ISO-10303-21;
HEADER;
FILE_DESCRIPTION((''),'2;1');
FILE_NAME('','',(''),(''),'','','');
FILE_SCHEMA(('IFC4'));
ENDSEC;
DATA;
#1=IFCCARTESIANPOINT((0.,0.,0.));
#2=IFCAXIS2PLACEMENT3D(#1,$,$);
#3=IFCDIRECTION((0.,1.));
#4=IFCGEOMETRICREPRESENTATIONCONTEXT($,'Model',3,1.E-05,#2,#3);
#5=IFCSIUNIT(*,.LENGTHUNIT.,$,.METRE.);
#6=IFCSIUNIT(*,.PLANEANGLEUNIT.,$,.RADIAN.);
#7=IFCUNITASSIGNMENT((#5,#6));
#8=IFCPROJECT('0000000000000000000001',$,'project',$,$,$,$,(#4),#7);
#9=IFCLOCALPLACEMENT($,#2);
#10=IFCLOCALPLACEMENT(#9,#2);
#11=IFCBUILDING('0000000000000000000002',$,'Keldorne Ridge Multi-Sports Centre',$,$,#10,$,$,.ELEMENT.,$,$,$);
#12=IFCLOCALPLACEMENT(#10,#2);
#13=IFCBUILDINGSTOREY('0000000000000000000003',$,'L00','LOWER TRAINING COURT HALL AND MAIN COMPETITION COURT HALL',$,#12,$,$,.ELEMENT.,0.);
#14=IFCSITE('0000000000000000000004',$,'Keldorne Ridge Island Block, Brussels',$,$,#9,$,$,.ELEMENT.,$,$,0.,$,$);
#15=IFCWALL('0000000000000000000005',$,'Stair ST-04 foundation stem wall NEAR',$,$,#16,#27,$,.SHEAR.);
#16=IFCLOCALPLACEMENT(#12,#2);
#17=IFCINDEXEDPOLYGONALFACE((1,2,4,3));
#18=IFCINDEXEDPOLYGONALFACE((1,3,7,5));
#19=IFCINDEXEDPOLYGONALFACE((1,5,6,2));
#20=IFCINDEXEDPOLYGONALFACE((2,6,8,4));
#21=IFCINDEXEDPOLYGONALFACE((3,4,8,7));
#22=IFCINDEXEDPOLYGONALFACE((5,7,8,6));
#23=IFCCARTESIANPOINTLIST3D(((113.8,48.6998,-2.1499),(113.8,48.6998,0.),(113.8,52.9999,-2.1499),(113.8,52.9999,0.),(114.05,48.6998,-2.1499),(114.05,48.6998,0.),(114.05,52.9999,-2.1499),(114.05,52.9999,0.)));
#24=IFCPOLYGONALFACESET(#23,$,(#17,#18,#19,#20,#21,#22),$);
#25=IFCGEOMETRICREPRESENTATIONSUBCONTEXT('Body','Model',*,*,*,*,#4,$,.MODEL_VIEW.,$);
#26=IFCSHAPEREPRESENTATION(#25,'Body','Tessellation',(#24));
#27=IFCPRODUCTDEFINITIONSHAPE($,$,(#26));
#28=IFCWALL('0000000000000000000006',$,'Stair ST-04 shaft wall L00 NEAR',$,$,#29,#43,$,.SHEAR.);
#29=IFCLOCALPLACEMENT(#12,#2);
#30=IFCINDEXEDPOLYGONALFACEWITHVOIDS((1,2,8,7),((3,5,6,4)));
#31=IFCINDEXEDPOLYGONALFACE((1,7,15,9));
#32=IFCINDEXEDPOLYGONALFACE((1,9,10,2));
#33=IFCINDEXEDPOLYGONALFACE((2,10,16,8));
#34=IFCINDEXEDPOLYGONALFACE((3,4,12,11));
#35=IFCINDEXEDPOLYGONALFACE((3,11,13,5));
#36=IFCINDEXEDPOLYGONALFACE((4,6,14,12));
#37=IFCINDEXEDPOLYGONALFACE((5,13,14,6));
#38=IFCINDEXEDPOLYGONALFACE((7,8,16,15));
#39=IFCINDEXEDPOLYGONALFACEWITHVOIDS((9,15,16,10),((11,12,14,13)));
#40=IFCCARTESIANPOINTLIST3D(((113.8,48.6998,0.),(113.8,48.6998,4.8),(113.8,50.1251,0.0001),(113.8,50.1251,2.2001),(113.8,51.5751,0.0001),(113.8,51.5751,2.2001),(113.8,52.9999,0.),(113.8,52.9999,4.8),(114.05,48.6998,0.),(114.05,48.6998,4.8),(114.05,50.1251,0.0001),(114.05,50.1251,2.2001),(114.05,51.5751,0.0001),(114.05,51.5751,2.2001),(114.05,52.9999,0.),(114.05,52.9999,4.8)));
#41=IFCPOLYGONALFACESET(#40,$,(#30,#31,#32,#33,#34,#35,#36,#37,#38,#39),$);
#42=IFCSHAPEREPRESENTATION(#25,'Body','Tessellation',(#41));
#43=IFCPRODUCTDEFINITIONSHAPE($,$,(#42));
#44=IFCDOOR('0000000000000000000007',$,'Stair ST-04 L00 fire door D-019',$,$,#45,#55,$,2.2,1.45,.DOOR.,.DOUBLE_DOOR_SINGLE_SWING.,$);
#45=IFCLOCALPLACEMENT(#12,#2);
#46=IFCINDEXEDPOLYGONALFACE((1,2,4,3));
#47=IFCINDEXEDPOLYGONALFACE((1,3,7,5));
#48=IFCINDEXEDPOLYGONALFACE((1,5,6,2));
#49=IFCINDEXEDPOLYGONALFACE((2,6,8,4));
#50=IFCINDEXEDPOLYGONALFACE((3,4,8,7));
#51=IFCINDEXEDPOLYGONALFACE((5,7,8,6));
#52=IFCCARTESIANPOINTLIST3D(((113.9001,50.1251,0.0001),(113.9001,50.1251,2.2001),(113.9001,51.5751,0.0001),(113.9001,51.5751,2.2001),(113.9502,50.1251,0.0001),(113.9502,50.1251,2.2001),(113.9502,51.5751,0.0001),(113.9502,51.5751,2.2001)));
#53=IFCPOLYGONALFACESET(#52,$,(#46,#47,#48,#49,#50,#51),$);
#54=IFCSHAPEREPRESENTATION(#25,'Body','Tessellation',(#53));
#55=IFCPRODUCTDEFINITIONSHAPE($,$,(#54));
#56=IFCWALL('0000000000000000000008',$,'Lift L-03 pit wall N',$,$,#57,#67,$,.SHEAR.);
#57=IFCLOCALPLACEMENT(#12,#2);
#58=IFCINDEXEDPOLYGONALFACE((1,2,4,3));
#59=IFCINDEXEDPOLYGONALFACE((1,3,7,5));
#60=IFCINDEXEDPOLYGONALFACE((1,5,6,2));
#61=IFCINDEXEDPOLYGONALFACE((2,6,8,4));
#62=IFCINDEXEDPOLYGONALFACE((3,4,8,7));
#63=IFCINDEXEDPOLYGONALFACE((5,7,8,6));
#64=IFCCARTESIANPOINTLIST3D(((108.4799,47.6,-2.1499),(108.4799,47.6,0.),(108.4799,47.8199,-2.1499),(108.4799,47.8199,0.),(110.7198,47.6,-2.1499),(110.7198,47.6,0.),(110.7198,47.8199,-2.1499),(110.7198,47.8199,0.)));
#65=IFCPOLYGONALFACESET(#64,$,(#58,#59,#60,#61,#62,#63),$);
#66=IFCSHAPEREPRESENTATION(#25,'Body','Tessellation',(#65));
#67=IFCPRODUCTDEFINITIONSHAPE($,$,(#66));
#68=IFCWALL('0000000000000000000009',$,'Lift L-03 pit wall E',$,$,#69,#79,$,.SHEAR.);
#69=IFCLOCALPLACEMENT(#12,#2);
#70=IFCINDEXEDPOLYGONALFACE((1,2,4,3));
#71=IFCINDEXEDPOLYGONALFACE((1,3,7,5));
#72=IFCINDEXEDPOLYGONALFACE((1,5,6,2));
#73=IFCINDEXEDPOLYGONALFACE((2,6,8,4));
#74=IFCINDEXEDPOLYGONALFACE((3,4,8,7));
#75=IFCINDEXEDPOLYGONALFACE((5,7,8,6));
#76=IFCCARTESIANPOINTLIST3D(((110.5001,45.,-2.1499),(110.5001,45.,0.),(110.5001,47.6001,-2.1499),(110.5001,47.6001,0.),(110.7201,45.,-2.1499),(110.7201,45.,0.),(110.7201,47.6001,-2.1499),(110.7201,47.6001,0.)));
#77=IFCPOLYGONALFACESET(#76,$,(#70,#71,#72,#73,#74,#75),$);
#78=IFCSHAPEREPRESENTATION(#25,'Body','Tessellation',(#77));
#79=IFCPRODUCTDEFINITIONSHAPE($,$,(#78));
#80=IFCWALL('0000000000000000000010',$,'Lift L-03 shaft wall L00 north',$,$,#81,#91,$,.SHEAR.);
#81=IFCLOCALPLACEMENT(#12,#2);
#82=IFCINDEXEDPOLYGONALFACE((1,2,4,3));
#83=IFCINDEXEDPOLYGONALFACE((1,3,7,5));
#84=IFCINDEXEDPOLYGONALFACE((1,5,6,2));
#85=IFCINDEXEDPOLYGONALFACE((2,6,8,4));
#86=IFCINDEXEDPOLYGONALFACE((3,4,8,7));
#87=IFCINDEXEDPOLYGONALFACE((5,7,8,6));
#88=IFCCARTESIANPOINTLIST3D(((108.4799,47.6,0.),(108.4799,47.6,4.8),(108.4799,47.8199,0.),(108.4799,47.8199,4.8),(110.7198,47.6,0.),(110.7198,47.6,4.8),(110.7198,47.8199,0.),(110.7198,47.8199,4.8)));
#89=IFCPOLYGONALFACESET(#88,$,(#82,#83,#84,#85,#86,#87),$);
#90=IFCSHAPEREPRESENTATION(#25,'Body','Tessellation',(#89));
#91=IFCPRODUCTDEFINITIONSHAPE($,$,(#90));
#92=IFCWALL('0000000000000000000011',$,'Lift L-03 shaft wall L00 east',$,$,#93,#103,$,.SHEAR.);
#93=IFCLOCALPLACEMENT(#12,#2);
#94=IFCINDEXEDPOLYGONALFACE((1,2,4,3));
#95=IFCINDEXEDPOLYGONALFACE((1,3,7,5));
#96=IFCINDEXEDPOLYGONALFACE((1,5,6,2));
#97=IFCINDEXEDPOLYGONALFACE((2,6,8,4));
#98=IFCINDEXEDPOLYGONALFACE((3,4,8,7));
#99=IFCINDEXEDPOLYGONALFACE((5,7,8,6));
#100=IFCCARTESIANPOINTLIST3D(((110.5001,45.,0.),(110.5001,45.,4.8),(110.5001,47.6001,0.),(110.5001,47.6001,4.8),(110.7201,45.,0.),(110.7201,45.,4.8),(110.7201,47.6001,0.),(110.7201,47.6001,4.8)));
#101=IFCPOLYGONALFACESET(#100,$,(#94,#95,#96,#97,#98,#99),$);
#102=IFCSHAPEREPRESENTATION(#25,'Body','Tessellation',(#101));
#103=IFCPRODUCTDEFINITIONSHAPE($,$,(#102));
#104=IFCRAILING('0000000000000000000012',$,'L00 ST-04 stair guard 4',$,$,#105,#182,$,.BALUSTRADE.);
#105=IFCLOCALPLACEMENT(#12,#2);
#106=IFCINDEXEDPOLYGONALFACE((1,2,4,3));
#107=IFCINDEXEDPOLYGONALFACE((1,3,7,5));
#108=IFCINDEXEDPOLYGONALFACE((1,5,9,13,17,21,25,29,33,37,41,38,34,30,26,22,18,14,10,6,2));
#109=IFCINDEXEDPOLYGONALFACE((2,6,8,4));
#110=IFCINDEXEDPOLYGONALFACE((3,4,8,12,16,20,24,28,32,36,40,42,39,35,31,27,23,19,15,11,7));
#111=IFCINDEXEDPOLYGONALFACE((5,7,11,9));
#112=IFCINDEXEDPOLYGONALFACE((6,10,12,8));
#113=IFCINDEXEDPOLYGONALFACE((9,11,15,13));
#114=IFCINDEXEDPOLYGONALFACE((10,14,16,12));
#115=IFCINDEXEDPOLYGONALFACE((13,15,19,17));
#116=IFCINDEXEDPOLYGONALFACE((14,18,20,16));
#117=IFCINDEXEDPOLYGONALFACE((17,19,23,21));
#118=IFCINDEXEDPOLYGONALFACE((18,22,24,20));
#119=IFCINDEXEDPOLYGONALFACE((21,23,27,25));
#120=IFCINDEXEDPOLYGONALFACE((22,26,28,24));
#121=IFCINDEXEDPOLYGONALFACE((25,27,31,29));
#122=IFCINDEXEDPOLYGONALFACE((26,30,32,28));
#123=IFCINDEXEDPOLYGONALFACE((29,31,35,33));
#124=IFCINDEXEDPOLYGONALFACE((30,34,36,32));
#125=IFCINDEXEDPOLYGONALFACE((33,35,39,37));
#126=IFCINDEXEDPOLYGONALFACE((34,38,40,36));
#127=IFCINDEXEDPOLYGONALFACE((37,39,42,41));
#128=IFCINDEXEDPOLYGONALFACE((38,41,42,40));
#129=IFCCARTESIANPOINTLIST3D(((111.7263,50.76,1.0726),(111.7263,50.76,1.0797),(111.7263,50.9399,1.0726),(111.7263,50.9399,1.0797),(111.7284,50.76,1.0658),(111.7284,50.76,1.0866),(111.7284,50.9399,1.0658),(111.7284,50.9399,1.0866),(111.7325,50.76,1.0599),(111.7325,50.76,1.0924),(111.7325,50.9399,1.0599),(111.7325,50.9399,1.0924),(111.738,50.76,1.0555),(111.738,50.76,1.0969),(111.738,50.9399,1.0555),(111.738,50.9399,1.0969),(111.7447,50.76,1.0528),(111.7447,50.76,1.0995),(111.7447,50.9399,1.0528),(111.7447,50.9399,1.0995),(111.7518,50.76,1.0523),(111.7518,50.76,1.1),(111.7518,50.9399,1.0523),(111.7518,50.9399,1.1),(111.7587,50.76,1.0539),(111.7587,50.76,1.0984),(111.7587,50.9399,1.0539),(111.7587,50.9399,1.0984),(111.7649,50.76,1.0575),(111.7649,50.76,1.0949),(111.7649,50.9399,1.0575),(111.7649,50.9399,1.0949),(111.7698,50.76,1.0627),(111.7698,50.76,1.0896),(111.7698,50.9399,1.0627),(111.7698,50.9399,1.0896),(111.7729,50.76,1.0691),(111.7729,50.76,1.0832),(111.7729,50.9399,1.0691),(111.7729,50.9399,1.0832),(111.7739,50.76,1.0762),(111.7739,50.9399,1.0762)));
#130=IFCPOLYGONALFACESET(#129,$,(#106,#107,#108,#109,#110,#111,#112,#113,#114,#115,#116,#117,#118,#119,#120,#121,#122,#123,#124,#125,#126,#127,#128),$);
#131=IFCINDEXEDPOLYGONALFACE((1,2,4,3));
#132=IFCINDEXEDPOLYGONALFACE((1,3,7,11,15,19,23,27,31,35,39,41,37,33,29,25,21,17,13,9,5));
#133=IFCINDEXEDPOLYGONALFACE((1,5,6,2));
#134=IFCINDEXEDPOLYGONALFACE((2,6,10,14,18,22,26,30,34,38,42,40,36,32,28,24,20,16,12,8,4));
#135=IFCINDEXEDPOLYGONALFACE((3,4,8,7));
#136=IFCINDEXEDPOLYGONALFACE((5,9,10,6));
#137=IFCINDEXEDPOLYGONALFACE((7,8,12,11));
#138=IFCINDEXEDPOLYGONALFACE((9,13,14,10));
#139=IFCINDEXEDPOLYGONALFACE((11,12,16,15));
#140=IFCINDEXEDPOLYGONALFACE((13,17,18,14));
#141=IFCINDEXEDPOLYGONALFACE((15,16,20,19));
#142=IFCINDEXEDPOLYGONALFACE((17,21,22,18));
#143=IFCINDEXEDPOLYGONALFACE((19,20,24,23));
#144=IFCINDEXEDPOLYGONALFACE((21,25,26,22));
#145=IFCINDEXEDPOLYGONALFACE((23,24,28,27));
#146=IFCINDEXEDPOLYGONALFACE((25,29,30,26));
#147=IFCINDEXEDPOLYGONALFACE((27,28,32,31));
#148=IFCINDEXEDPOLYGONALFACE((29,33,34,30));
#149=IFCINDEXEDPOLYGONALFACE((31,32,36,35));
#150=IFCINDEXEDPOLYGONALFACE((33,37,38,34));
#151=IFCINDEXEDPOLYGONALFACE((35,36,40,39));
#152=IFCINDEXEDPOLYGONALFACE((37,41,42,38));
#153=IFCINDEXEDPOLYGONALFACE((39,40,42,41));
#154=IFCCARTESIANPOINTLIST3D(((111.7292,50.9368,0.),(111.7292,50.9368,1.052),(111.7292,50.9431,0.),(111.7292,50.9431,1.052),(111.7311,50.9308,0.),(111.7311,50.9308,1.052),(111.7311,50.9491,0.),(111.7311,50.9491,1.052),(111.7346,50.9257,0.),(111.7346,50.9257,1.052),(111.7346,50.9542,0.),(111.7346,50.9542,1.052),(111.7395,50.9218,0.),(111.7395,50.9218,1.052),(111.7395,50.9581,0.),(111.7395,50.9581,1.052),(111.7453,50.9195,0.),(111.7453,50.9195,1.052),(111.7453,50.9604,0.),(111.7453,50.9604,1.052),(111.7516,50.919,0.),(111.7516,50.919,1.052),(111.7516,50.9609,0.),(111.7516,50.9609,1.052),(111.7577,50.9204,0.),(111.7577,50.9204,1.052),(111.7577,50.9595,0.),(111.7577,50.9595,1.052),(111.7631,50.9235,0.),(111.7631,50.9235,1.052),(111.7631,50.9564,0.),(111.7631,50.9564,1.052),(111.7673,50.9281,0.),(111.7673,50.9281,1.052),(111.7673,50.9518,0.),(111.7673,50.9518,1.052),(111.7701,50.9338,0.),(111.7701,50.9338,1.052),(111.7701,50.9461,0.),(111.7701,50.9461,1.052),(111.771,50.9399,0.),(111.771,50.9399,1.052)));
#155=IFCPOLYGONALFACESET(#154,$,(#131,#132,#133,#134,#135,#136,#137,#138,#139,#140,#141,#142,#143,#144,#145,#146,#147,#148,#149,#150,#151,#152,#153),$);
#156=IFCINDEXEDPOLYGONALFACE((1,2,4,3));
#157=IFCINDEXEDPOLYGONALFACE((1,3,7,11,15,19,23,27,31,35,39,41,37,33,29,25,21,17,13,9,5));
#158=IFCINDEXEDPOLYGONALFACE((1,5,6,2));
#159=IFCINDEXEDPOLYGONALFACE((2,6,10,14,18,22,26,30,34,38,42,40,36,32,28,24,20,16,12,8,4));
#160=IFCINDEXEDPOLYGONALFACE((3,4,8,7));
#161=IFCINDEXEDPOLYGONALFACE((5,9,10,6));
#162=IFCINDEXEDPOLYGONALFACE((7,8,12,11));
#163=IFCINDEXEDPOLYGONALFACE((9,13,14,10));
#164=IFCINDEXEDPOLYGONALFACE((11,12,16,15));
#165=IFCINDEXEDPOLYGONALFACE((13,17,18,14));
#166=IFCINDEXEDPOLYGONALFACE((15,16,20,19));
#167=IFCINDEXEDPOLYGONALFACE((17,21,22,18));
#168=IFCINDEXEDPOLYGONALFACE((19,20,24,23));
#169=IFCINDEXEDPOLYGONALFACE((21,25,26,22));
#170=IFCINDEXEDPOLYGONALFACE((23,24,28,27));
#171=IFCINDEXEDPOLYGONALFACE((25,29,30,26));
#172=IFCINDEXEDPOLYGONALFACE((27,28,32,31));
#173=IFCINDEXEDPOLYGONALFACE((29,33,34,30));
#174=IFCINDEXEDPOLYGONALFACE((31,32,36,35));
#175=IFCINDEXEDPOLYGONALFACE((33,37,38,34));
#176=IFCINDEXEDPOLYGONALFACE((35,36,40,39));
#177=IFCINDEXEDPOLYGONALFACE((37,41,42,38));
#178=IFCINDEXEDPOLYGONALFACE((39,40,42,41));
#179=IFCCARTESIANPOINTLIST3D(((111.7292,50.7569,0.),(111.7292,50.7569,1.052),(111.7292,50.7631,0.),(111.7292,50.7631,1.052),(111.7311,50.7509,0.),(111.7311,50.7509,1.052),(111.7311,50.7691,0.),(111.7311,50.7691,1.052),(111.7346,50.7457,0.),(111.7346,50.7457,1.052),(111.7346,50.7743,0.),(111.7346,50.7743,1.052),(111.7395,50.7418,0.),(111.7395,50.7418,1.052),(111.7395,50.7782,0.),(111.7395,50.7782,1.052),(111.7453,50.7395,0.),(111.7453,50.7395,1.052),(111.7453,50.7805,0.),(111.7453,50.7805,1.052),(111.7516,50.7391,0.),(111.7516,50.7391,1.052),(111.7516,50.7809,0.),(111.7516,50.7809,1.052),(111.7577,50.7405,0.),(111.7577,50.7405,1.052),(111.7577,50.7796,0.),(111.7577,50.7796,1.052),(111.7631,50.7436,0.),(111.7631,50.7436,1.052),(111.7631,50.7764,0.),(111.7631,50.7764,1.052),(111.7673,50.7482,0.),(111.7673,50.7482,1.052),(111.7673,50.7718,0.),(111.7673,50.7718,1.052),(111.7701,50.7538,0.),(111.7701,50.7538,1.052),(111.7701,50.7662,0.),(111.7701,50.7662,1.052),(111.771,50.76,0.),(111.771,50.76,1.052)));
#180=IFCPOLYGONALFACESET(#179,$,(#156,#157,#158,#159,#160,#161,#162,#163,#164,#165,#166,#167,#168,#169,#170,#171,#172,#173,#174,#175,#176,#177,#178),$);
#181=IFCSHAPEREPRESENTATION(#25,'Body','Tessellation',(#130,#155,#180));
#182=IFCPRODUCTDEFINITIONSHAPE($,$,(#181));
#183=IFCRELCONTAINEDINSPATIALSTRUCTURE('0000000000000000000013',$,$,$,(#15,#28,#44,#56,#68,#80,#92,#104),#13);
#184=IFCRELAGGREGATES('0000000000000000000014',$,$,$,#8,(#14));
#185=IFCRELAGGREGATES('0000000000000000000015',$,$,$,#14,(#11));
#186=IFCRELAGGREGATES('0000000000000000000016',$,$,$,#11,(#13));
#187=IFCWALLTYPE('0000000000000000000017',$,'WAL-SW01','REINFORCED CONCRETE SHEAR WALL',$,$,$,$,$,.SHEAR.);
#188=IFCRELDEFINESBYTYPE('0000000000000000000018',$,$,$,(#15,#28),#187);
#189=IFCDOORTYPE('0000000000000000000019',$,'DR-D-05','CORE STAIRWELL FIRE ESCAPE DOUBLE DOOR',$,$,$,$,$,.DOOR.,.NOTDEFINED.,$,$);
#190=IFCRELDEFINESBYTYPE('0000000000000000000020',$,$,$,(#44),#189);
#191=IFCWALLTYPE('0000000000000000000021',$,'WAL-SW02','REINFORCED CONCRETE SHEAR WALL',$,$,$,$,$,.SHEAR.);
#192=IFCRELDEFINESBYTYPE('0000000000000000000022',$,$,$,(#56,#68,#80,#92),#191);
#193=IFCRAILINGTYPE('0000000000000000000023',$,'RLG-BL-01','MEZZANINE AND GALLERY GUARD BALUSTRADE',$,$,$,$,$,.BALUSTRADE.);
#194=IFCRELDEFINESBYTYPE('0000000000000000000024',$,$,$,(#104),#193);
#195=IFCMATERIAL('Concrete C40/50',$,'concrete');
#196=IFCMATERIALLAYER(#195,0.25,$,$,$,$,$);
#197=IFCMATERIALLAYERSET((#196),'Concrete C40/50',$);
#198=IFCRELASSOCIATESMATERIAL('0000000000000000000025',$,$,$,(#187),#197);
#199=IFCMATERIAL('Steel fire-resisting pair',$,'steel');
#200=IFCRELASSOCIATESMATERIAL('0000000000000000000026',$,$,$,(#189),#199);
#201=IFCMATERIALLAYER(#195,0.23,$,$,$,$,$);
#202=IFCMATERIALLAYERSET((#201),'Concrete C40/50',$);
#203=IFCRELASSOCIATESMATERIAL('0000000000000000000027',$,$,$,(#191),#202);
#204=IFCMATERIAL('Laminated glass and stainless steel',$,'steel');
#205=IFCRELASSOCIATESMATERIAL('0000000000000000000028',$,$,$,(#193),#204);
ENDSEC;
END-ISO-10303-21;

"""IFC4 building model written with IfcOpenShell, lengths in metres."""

from ifc_helpers import new_model, si_unit, direction, frame, frame_2d, origin, origin_2d, place, context, subcontext, project, spatial, rectangle, circle, extrude, material, layer, layer_set, type_object, element, fill, save


model = new_model("IFC4")

# Units and contexts
model_context = context("Model", 3, precision=1e-05, world=origin(), true_north=direction((0.0, 1.0)))
body_context = subcontext(model_context, "Body", "Model", "MODEL_VIEW")
ifc_project = project(units=[si_unit("LENGTHUNIT", "METRE"), si_unit("PLANEANGLEUNIT", "RADIAN")], contexts=[model_context])

# Site, building, storey
site_placement = place(None, origin())
site = spatial("IfcSite", under=ifc_project, at=site_placement, Name="Keldorne Ridge Island Block, Brussels", CompositionType="ELEMENT", RefElevation=0.0)
building_placement = place(site_placement, origin())
building = spatial("IfcBuilding", under=site, at=building_placement, Name="Keldorne Ridge Multi-Sports Centre", CompositionType="ELEMENT")
storey_placement = place(building_placement, origin())
storey = spatial("IfcBuildingStorey", under=building, at=storey_placement, Name="L00", Description="LOWER TRAINING COURT HALL AND MAIN COMPETITION COURT HALL", CompositionType="ELEMENT", Elevation=0.0)

# Shared definitions
ifc_material_1 = material(Name="Concrete C40/50", Category="concrete")

# Wall
ifc_layer_1 = layer(ifc_material_1, 0.25)
ifc_layer_set_1 = layer_set([ifc_layer_1], Name="Concrete C40/50")
wall_type_1 = type_object("IfcWallType", Name="WAL-SW01", Description="REINFORCED CONCRETE SHEAR WALL", PredefinedType="SHEAR", material=ifc_layer_set_1)
wall_1_placement = place(storey_placement, frame((113.925, 48.7, -2.1499), z_axis=(0.0, 0.0, 1.0), x_axis=(0.0, 1.0, 0.0)))
element("IfcWall", 1, at=wall_1_placement, inside=storey, type_object=wall_type_1, Name="Stair ST-04 foundation stem wall NEAR", PredefinedType="SHEAR", context=body_context, shape_type="SweptSolid", body=[
    extrude(rectangle(XDim=4.3, YDim=0.25, at=frame_2d((2.1499, 0.0))), origin(), (0.0, 0.0, 1.0), 2.1499),
])

# Wall, opening, door
wall_2_placement = place(storey_placement, frame((113.925, 48.7, 0.0), z_axis=(0.0, 0.0, 1.0), x_axis=(0.0, 1.0, 0.0)))
wall_2 = element("IfcWall", 2, at=wall_2_placement, inside=storey, type_object=wall_type_1, Name="Stair ST-04 shaft wall L00 NEAR", PredefinedType="SHEAR", context=body_context, shape_type="SweptSolid", body=[
    extrude(rectangle(XDim=4.3, YDim=0.25, at=frame_2d((2.1499, 0.0))), origin(), (0.0, 0.0, 1.0), 4.8),
])
opening_1_placement = place(wall_2_placement, frame((1.425, 0.0, 0.0)))
opening_1 = element("IfcOpeningElement", 3, at=opening_1_placement, cuts=wall_2, PredefinedType="OPENING", context=body_context, shape_type="SweptSolid", body=[
    extrude(rectangle(XDim=1.45, YDim=2.2, at=frame_2d((0.7251, 1.1001))), frame((0.0, 0.135, 0.0), z_axis=(0.0, -1.0, 0.0), x_axis=(1.0, 0.0, 0.0)), (0.0, 0.0, 1.0), 0.27),
])
ifc_material_2 = material(Name="Steel fire-resisting pair", Category="steel")
door_type_1 = type_object("IfcDoorType", Name="DR-D-05", Description="CORE STAIRWELL FIRE ESCAPE DOUBLE DOOR", OperationType="NOTDEFINED", PredefinedType="DOOR", material=ifc_material_2)
door_1_placement = place(opening_1_placement, origin())
door_1 = element("IfcDoor", 4, at=door_1_placement, inside=storey, type_object=door_type_1, Name="Stair ST-04 L00 fire door D-019", OperationType="DOUBLE_DOOR_SINGLE_SWING", OverallHeight=2.2, OverallWidth=1.45, PredefinedType="DOOR", context=body_context, shape_type="SweptSolid", body=[
    extrude(rectangle(XDim=1.45, YDim=2.2, at=frame_2d((0.7251, 1.1001))), frame((0.0, 0.0249, 0.0), z_axis=(0.0, -1.0, 0.0), x_axis=(1.0, 0.0, 0.0)), (0.0, 0.0, 1.0), 0.05),
])
fill(opening_1, door_1)

# Walls
ifc_layer_2 = layer(ifc_material_1, 0.23)
ifc_layer_set_2 = layer_set([ifc_layer_2], Name="Concrete C40/50")
wall_type_2 = type_object("IfcWallType", Name="WAL-SW02", Description="REINFORCED CONCRETE SHEAR WALL", PredefinedType="SHEAR", material=ifc_layer_set_2)
wall_3_placement = place(storey_placement, frame((110.72, 47.71, -2.1499), z_axis=(0.0, 0.0, 1.0), x_axis=(-1.0, 0.0, 0.0)))
element("IfcWall", 5, at=wall_3_placement, inside=storey, type_object=wall_type_2, Name="Lift L-03 pit wall N", PredefinedType="SHEAR", context=body_context, shape_type="SweptSolid", body=[
    extrude(rectangle(XDim=2.24, YDim=0.22, at=frame_2d((1.1201, 0.0))), origin(), (0.0, 0.0, 1.0), 2.1499),
])
wall_4_placement = place(storey_placement, frame((110.6101, 45.0, -2.1499), z_axis=(0.0, 0.0, 1.0), x_axis=(0.0, 1.0, 0.0)))
element("IfcWall", 6, at=wall_4_placement, inside=storey, type_object=wall_type_2, Name="Lift L-03 pit wall E", PredefinedType="SHEAR", context=body_context, shape_type="SweptSolid", body=[
    extrude(rectangle(XDim=2.6001, YDim=0.22, at=frame_2d((1.3, 0.0))), origin(), (0.0, 0.0, 1.0), 2.1499),
])
wall_5_placement = place(storey_placement, frame((110.72, 47.71, 0.0), z_axis=(0.0, 0.0, 1.0), x_axis=(-1.0, 0.0, 0.0)))
element("IfcWall", 7, at=wall_5_placement, inside=storey, type_object=wall_type_2, Name="Lift L-03 shaft wall L00 north", PredefinedType="SHEAR", context=body_context, shape_type="SweptSolid", body=[
    extrude(rectangle(XDim=2.24, YDim=0.22, at=frame_2d((1.1201, 0.0))), origin(), (0.0, 0.0, 1.0), 4.8),
])
wall_6_placement = place(storey_placement, frame((110.6101, 45.0, 0.0), z_axis=(0.0, 0.0, 1.0), x_axis=(0.0, 1.0, 0.0)))
element("IfcWall", 8, at=wall_6_placement, inside=storey, type_object=wall_type_2, Name="Lift L-03 shaft wall L00 east", PredefinedType="SHEAR", context=body_context, shape_type="SweptSolid", body=[
    extrude(rectangle(XDim=2.6001, YDim=0.22, at=frame_2d((1.3, 0.0))), origin(), (0.0, 0.0, 1.0), 4.8),
])

# Railing
ifc_material_3 = material(Name="Laminated glass and stainless steel", Category="steel")
railing_type = type_object("IfcRailingType", Name="RLG-BL-01", Description="MEZZANINE AND GALLERY GUARD BALUSTRADE", PredefinedType="BALUSTRADE", material=ifc_material_3)
railing_placement = place(storey_placement, frame((111.75, 50.9399, 0.0)))
element("IfcRailing", 9, at=railing_placement, inside=storey, type_object=railing_type, Name="L00 ST-04 stair guard 4", PredefinedType="BALUSTRADE", context=body_context, shape_type="SweptSolid", body=[
    extrude(circle(Radius=0.0239, at=origin_2d()), frame((0.0, 0.0, 1.0762), z_axis=(0.0, -1.0, 0.0), x_axis=(1.0, 0.0, 0.0)), (0.0, 0.0, 1.0), 0.1799),
    extrude(circle(Radius=0.021, at=origin_2d()), origin(), (0.0, 0.0, 1.0), 1.052),
    extrude(circle(Radius=0.021, at=origin_2d()), frame((0.0, -0.1799, 0.0)), (0.0, 0.0, 1.0), 1.052),
])

save(model, "model.ifc")
